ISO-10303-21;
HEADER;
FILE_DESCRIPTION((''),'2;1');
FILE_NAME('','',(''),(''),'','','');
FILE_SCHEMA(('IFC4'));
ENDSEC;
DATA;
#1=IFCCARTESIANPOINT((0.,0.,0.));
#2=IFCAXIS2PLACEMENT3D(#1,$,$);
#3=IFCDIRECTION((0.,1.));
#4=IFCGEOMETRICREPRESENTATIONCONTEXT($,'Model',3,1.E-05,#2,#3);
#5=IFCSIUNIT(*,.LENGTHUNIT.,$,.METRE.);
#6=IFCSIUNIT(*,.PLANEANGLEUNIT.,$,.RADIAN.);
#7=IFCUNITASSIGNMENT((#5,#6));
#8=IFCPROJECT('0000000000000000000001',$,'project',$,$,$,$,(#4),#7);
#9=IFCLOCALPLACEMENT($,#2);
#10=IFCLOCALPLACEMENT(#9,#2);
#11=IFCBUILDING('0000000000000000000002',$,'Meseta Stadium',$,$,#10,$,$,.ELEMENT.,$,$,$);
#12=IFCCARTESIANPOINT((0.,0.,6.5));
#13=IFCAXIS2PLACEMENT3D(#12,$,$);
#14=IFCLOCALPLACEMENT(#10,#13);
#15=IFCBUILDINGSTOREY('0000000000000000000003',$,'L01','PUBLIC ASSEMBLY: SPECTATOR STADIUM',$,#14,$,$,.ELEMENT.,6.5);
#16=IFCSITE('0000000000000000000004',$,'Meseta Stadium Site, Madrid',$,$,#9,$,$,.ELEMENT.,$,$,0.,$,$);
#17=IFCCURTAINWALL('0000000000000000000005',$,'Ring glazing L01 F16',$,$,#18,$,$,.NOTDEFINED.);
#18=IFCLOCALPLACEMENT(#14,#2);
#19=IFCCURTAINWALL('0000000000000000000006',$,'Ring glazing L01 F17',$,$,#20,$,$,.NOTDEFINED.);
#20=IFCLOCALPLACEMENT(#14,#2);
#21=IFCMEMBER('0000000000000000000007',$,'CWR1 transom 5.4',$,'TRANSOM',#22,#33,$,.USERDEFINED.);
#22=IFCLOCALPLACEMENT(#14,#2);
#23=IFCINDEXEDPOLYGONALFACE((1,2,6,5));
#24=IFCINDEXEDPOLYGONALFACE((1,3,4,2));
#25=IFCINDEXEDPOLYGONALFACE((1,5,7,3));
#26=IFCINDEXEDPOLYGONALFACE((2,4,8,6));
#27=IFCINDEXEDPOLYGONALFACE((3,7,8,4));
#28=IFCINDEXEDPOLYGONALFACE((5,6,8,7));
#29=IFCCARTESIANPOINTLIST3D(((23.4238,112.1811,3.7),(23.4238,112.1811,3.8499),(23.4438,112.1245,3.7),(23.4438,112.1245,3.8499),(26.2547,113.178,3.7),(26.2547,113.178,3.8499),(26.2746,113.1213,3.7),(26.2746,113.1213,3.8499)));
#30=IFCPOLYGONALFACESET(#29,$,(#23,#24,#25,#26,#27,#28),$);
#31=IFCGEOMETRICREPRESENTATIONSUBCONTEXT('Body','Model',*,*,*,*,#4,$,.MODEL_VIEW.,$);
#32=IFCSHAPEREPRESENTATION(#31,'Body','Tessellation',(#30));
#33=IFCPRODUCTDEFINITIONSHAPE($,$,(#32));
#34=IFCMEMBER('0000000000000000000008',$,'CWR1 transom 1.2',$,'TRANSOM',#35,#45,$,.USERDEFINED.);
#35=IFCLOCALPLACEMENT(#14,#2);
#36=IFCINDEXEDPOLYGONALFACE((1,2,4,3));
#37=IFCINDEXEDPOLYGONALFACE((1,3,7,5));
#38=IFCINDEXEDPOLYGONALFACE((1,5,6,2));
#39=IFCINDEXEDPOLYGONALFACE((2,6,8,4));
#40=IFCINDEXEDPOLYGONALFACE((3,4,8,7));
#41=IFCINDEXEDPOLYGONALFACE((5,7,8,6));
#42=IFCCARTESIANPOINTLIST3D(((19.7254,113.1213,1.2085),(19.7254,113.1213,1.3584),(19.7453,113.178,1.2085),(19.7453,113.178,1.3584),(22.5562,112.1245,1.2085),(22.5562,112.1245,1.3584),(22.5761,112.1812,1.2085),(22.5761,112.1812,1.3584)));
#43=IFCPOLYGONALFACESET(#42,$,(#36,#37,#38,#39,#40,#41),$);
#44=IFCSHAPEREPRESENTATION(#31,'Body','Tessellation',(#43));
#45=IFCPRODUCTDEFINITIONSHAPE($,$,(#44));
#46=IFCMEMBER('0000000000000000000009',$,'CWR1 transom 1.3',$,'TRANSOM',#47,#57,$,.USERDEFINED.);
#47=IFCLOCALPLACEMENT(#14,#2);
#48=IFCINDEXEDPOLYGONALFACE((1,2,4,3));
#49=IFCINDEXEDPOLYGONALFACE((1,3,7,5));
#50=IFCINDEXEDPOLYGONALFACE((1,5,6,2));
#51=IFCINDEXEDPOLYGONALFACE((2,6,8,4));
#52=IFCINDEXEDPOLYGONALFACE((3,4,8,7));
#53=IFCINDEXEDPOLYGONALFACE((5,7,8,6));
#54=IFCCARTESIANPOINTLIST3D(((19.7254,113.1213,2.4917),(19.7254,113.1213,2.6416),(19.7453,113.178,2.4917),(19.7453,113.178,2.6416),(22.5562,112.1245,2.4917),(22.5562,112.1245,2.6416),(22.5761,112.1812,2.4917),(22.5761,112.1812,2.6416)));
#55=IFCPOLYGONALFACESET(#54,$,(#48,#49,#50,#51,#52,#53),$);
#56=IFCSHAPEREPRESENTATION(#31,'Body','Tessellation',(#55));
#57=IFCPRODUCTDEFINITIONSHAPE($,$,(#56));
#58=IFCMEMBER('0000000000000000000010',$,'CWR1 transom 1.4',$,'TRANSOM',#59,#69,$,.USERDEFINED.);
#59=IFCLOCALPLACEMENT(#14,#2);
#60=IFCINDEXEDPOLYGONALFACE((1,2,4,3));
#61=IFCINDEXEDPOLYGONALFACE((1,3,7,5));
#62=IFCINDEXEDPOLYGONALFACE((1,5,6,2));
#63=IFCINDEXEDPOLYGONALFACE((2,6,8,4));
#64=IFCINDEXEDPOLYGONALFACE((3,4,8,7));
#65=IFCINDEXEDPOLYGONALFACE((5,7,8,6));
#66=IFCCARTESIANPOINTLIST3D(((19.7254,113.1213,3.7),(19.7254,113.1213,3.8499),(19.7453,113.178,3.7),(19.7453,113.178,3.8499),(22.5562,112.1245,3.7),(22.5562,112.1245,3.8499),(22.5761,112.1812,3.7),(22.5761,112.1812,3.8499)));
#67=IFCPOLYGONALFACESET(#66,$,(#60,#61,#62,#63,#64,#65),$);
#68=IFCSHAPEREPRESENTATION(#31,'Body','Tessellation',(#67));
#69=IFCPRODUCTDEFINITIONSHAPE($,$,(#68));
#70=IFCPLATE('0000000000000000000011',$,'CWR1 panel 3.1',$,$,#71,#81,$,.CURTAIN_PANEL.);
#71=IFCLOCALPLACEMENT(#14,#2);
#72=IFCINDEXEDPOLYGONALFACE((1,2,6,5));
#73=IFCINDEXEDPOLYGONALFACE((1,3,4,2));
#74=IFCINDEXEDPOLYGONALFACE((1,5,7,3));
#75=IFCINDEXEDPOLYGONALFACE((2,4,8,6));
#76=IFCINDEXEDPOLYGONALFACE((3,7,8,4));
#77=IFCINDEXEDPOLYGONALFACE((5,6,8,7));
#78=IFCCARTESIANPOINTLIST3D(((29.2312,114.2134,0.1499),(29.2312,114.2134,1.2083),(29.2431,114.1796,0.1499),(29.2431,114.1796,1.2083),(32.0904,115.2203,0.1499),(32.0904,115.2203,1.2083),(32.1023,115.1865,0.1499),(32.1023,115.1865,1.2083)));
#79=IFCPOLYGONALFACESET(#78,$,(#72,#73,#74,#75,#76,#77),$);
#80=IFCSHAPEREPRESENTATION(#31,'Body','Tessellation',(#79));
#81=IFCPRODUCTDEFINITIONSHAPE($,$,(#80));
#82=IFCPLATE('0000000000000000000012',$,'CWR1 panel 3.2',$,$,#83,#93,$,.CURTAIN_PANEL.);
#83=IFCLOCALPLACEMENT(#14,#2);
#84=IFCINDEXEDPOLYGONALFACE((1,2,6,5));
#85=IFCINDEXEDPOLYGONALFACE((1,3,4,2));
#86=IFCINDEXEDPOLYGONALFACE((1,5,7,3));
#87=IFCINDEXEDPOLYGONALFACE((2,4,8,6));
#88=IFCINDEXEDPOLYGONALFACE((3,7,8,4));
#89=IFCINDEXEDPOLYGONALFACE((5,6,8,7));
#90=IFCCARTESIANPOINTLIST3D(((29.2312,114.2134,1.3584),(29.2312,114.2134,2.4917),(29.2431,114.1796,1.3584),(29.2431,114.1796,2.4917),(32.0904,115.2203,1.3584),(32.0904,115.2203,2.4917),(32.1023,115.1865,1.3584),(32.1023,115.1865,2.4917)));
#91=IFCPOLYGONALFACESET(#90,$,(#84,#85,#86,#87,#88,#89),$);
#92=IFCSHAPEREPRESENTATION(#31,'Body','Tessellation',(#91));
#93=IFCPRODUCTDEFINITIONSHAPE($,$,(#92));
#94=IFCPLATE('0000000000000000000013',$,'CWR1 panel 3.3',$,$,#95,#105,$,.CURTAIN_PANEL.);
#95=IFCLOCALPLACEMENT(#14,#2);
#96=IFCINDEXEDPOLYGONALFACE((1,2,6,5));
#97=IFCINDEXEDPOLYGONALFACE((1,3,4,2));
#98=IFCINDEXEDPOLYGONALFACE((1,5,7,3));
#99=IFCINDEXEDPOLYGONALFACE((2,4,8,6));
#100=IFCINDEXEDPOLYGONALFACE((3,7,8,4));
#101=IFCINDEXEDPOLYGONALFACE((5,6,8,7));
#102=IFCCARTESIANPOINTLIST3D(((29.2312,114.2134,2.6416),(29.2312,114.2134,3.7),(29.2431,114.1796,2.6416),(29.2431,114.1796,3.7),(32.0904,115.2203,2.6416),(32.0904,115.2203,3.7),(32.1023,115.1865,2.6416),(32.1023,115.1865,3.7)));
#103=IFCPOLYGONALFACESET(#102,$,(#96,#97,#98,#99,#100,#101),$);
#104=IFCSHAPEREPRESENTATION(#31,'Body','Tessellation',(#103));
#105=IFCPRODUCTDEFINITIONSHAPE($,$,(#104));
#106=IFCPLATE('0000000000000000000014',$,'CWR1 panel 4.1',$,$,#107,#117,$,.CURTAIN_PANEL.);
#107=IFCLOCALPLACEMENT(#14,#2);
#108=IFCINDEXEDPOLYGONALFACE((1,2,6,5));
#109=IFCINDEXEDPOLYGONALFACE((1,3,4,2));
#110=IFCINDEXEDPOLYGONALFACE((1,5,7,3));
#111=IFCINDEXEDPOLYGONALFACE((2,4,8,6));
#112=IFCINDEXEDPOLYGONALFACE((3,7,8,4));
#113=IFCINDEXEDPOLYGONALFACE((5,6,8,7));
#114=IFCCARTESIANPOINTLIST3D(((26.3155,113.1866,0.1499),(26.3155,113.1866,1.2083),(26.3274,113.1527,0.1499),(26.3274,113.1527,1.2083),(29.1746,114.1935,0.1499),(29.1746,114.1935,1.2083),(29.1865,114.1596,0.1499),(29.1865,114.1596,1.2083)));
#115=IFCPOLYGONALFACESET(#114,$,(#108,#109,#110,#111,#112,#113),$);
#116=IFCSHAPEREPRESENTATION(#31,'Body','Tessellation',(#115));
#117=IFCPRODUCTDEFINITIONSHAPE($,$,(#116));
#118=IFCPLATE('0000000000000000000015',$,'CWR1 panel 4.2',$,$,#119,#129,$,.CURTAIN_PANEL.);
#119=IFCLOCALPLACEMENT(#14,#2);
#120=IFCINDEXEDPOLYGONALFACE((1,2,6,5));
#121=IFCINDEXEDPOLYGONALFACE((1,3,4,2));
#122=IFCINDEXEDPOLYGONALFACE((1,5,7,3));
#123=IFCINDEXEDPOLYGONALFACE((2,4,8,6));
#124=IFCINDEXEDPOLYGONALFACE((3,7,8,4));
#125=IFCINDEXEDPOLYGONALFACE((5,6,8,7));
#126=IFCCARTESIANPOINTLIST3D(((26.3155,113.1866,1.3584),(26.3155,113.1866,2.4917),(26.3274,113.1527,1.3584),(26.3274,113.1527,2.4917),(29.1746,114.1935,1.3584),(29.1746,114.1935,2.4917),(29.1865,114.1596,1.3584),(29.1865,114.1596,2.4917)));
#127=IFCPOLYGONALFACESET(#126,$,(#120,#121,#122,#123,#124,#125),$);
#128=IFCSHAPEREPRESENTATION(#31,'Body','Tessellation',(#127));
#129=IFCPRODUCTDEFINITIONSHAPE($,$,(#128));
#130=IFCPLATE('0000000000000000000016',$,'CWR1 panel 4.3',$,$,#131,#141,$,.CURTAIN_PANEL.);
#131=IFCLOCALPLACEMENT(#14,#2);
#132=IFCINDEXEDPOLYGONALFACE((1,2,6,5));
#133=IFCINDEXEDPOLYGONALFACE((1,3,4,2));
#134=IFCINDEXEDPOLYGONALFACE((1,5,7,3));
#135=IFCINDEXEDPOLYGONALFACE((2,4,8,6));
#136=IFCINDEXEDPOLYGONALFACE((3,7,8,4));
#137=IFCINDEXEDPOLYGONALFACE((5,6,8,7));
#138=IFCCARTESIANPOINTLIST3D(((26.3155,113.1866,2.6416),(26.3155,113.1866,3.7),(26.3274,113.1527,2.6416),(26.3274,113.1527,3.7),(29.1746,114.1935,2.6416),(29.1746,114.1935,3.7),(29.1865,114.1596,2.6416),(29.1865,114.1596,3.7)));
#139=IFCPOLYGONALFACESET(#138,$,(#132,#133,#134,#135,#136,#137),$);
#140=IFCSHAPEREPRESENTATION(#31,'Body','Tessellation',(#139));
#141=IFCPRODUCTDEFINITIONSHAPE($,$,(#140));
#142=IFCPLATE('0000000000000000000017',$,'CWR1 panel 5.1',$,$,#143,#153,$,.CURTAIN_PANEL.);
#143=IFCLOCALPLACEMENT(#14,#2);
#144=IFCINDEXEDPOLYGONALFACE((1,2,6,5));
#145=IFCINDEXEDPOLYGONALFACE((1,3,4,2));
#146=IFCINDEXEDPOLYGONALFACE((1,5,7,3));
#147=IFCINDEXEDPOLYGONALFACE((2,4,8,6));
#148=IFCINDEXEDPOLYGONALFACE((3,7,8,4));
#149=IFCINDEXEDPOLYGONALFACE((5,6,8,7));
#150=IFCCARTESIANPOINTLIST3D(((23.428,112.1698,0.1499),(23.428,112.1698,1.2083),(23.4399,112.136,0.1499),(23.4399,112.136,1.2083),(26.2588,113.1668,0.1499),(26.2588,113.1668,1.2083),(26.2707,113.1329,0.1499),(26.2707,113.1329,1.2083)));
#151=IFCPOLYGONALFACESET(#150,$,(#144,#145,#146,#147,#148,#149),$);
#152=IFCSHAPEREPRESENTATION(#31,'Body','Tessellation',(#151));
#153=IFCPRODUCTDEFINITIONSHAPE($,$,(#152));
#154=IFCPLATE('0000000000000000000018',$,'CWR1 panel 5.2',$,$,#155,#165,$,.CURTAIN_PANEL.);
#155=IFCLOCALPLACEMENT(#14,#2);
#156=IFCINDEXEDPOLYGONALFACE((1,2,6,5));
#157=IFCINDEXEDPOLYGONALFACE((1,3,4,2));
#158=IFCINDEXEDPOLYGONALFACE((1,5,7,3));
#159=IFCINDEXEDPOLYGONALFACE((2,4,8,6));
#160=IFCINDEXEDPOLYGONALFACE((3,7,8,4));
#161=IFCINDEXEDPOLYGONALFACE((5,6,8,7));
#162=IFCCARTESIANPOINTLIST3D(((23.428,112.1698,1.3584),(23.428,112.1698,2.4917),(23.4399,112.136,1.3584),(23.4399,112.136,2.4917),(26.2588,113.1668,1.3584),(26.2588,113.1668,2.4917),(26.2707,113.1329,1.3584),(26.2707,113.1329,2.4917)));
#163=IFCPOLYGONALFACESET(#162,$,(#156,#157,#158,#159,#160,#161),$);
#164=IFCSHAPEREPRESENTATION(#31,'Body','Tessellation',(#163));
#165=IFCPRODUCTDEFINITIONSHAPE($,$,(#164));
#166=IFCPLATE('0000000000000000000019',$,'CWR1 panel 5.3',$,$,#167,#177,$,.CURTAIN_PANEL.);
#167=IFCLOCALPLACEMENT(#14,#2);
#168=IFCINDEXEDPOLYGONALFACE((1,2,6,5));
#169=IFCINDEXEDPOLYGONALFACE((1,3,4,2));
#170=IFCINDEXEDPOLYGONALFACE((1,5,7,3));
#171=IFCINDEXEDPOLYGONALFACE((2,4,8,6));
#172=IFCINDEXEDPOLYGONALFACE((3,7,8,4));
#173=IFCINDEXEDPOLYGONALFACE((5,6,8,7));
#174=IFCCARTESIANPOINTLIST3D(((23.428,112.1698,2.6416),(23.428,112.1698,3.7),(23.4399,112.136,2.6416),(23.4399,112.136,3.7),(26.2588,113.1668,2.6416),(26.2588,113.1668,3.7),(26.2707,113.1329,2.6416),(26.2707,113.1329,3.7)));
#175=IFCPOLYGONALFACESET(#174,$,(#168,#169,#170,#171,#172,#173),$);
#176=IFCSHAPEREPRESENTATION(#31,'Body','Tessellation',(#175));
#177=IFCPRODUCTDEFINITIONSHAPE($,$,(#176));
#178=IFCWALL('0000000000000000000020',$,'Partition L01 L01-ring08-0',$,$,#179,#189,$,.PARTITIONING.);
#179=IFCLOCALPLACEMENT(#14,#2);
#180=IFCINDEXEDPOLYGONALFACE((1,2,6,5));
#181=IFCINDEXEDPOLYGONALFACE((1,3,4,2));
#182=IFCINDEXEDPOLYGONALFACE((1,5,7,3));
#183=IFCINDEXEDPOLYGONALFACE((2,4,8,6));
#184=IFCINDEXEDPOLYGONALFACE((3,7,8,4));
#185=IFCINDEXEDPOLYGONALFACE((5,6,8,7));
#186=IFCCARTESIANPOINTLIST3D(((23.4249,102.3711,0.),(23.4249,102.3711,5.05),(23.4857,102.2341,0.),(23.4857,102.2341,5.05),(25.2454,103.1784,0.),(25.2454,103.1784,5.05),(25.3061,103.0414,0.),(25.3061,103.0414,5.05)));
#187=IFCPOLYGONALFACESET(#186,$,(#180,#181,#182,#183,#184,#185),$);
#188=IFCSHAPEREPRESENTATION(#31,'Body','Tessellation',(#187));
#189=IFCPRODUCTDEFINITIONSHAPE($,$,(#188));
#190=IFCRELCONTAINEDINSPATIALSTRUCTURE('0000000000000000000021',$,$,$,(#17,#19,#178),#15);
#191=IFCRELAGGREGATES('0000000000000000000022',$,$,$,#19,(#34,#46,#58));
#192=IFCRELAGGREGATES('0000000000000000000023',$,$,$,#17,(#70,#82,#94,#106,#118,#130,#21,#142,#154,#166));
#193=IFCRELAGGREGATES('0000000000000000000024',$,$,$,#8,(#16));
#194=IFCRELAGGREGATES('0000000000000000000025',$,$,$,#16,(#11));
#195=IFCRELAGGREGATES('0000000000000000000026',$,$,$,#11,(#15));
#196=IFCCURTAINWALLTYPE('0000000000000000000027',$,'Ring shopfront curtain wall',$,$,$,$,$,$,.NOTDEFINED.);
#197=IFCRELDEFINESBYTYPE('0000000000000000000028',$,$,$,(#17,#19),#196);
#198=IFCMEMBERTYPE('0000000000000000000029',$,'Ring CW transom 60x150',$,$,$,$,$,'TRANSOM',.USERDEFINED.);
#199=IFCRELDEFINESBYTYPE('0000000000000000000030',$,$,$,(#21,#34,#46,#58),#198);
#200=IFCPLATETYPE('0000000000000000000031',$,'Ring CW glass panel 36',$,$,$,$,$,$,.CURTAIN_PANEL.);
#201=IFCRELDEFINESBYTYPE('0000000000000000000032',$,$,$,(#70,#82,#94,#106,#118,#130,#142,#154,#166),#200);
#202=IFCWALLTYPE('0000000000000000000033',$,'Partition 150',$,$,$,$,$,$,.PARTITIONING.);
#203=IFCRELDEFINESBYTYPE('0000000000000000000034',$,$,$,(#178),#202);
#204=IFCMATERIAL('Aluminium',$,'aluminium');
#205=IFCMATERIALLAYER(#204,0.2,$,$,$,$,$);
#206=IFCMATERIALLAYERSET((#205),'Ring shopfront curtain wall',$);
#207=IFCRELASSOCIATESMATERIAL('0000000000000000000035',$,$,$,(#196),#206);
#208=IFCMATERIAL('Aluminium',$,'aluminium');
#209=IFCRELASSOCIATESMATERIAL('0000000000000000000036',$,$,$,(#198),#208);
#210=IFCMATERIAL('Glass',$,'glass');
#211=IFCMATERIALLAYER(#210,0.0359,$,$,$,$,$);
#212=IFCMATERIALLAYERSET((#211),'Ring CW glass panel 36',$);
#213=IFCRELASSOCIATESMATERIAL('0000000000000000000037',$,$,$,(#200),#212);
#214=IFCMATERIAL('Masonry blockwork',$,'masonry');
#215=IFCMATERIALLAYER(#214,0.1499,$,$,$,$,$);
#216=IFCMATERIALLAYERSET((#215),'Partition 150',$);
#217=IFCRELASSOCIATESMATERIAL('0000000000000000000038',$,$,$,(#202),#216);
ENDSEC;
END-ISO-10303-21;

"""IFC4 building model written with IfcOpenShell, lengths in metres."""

from ifc_helpers import new_model, si_unit, direction, frame, frame_2d, origin, origin_2d, place, context, subcontext, project, spatial, rectangle, extrude, material, layer, layer_set, material_profile, profile_set, type_object, element, aggregate, save


model = new_model("IFC4")

# Units and contexts
model_context = context("Model", 3, precision=1e-05, world=origin(), true_north=direction((0.0, 1.0)))
body_context = subcontext(model_context, "Body", "Model", "MODEL_VIEW")
ifc_project = project(units=[si_unit("LENGTHUNIT", "METRE"), si_unit("PLANEANGLEUNIT", "RADIAN")], contexts=[model_context])

# Site, building, storey
site_placement = place(None, origin())
site = spatial("IfcSite", under=ifc_project, at=site_placement, Name="Meseta Stadium Site, Madrid", CompositionType="ELEMENT", RefElevation=0.0)
building_placement = place(site_placement, origin())
building = spatial("IfcBuilding", under=site, at=building_placement, Name="Meseta Stadium", CompositionType="ELEMENT")
storey_placement = place(building_placement, frame((0.0, 0.0, 6.5)))
storey = spatial("IfcBuildingStorey", under=building, at=storey_placement, Name="L01", Description="PUBLIC ASSEMBLY: SPECTATOR STADIUM", CompositionType="ELEMENT", Elevation=6.5)

# Curtain wall
ifc_material_1 = material(Name="Aluminium", Category="aluminium")
ifc_layer_1 = layer(ifc_material_1, 0.2)
ifc_layer_set_1 = layer_set([ifc_layer_1], Name="Ring shopfront curtain wall")
curtain_wall_type = type_object("IfcCurtainWallType", Name="Ring shopfront curtain wall", PredefinedType="NOTDEFINED", material=ifc_layer_set_1)
curtain_wall_1_placement = place(storey_placement, origin())
curtain_wall_1 = element("IfcCurtainWall", 1, at=curtain_wall_1_placement, inside=storey, type_object=curtain_wall_type, Name="Ring glazing L01 F16", PredefinedType="NOTDEFINED")

# Curtain wall
curtain_wall_2_placement = place(storey_placement, origin())
curtain_wall_2 = element("IfcCurtainWall", 2, at=curtain_wall_2_placement, inside=storey, type_object=curtain_wall_type, Name="Ring glazing L01 F17", PredefinedType="NOTDEFINED")

# Members
ifc_material_2 = material(Name="Aluminium", Category="aluminium")
ifc_material_profile_1 = material_profile(ifc_material_2, rectangle(XDim=0.0601, YDim=0.1499, at=origin_2d()), Name="CW 60x150")
ifc_profile_set_1 = profile_set([ifc_material_profile_1], Name="Aluminium")
member_type_1 = type_object("IfcMemberType", Name="Ring CW transom 60x150", ElementType="TRANSOM", PredefinedType="USERDEFINED", material=ifc_profile_set_1)
member_1_placement = place(storey_placement, frame((26.2646, 113.1497, 3.7749), z_axis=(-0.943229, -0.332143, 0.0), x_axis=(0.332143, -0.943229, 0.0)))
member_1 = element("IfcMember", 3, at=member_1_placement, type_object=member_type_1, Name="CWR1 transom 5.4", ObjectType="TRANSOM", PredefinedType="USERDEFINED", context=body_context, shape_type="SweptSolid", body=[
    extrude(rectangle(XDim=0.0601, YDim=0.1499, at=origin_2d()), origin(), (0.0, 0.0, 1.0), 3.0012),
])
member_2_placement = place(storey_placement, frame((22.5662, 112.1528, 1.2834), z_axis=(-0.943229, 0.332143, 0.0), x_axis=(-0.332143, -0.943229, 0.0)))
member_2 = element("IfcMember", 4, at=member_2_placement, type_object=member_type_1, Name="CWR1 transom 1.2", ObjectType="TRANSOM", PredefinedType="USERDEFINED", context=body_context, shape_type="SweptSolid", body=[
    extrude(rectangle(XDim=0.0601, YDim=0.1499, at=origin_2d()), origin(), (0.0, 0.0, 1.0), 3.0012),
])
member_3_placement = place(storey_placement, frame((22.5662, 112.1528, 2.5667), z_axis=(-0.943229, 0.332143, 0.0), x_axis=(-0.332143, -0.943229, 0.0)))
member_3 = element("IfcMember", 5, at=member_3_placement, type_object=member_type_1, Name="CWR1 transom 1.3", ObjectType="TRANSOM", PredefinedType="USERDEFINED", context=body_context, shape_type="SweptSolid", body=[
    extrude(rectangle(XDim=0.0601, YDim=0.1499, at=origin_2d()), origin(), (0.0, 0.0, 1.0), 3.0012),
])
member_4_placement = place(storey_placement, frame((22.5662, 112.1528, 3.7749), z_axis=(-0.943229, 0.332143, 0.0), x_axis=(-0.332143, -0.943229, 0.0)))
member_4 = element("IfcMember", 6, at=member_4_placement, type_object=member_type_1, Name="CWR1 transom 1.4", ObjectType="TRANSOM", PredefinedType="USERDEFINED", context=body_context, shape_type="SweptSolid", body=[
    extrude(rectangle(XDim=0.0601, YDim=0.1499, at=origin_2d()), origin(), (0.0, 0.0, 1.0), 3.0012),
])
aggregate(curtain_wall_2, [member_2, member_3, member_4])

# Plates
ifc_material_3 = material(Name="Glass", Category="glass")
ifc_layer_2 = layer(ifc_material_3, 0.0359)
ifc_layer_set_2 = layer_set([ifc_layer_2], Name="Ring CW glass panel 36")
plate_type = type_object("IfcPlateType", Name="Ring CW glass panel 36", PredefinedType="CURTAIN_PANEL", material=ifc_layer_set_2)
plate_1_placement = place(storey_placement, frame((30.6667, 114.7, 0.1499), z_axis=(0.0, 0.0, 1.0), x_axis=(-0.943218, -0.332174, 0.0)))
plate_1 = element("IfcPlate", 7, at=plate_1_placement, type_object=plate_type, Name="CWR1 panel 3.1", PredefinedType="CURTAIN_PANEL", context=body_context, shape_type="SweptSolid", body=[
    extrude(rectangle(XDim=3.0312, YDim=0.0359, at=origin_2d()), origin(), (0.0, 0.0, 1.0), 1.0583),
])
plate_2_placement = place(storey_placement, frame((30.6667, 114.7, 1.3584), z_axis=(0.0, 0.0, 1.0), x_axis=(-0.943218, -0.332174, 0.0)))
plate_2 = element("IfcPlate", 8, at=plate_2_placement, type_object=plate_type, Name="CWR1 panel 3.2", PredefinedType="CURTAIN_PANEL", context=body_context, shape_type="SweptSolid", body=[
    extrude(rectangle(XDim=3.0312, YDim=0.0359, at=origin_2d()), origin(), (0.0, 0.0, 1.0), 1.1333),
])
plate_3_placement = place(storey_placement, frame((30.6667, 114.7, 2.6416), z_axis=(0.0, 0.0, 1.0), x_axis=(-0.943218, -0.332174, 0.0)))
plate_3 = element("IfcPlate", 9, at=plate_3_placement, type_object=plate_type, Name="CWR1 panel 3.3", PredefinedType="CURTAIN_PANEL", context=body_context, shape_type="SweptSolid", body=[
    extrude(rectangle(XDim=3.0312, YDim=0.0359, at=origin_2d()), origin(), (0.0, 0.0, 1.0), 1.0583),
])
plate_4_placement = place(storey_placement, frame((27.751, 113.6731, 0.1499), z_axis=(0.0, 0.0, 1.0), x_axis=(-0.943218, -0.332174, 0.0)))
plate_4 = element("IfcPlate", 10, at=plate_4_placement, type_object=plate_type, Name="CWR1 panel 4.1", PredefinedType="CURTAIN_PANEL", context=body_context, shape_type="SweptSolid", body=[
    extrude(rectangle(XDim=3.0312, YDim=0.0359, at=origin_2d()), origin(), (0.0, 0.0, 1.0), 1.0583),
])
plate_5_placement = place(storey_placement, frame((27.751, 113.6731, 1.3584), z_axis=(0.0, 0.0, 1.0), x_axis=(-0.943218, -0.332174, 0.0)))
plate_5 = element("IfcPlate", 11, at=plate_5_placement, type_object=plate_type, Name="CWR1 panel 4.2", PredefinedType="CURTAIN_PANEL", context=body_context, shape_type="SweptSolid", body=[
    extrude(rectangle(XDim=3.0312, YDim=0.0359, at=origin_2d()), origin(), (0.0, 0.0, 1.0), 1.1333),
])
plate_6_placement = place(storey_placement, frame((27.751, 113.6731, 2.6416), z_axis=(0.0, 0.0, 1.0), x_axis=(-0.943218, -0.332174, 0.0)))
plate_6 = element("IfcPlate", 12, at=plate_6_placement, type_object=plate_type, Name="CWR1 panel 4.3", PredefinedType="CURTAIN_PANEL", context=body_context, shape_type="SweptSolid", body=[
    extrude(rectangle(XDim=3.0312, YDim=0.0359, at=origin_2d()), origin(), (0.0, 0.0, 1.0), 1.0583),
])
plate_7_placement = place(storey_placement, frame((24.8494, 112.6514, 0.1499), z_axis=(0.0, 0.0, 1.0), x_axis=(-0.943218, -0.332174, 0.0)))
plate_7 = element("IfcPlate", 13, at=plate_7_placement, type_object=plate_type, Name="CWR1 panel 5.1", PredefinedType="CURTAIN_PANEL", context=body_context, shape_type="SweptSolid", body=[
    extrude(rectangle(XDim=3.0012, YDim=0.0359, at=origin_2d()), origin(), (0.0, 0.0, 1.0), 1.0583),
])
plate_8_placement = place(storey_placement, frame((24.8494, 112.6514, 1.3584), z_axis=(0.0, 0.0, 1.0), x_axis=(-0.943218, -0.332174, 0.0)))
plate_8 = element("IfcPlate", 14, at=plate_8_placement, type_object=plate_type, Name="CWR1 panel 5.2", PredefinedType="CURTAIN_PANEL", context=body_context, shape_type="SweptSolid", body=[
    extrude(rectangle(XDim=3.0012, YDim=0.0359, at=origin_2d()), origin(), (0.0, 0.0, 1.0), 1.1333),
])
plate_9_placement = place(storey_placement, frame((24.8494, 112.6514, 2.6416), z_axis=(0.0, 0.0, 1.0), x_axis=(-0.943218, -0.332174, 0.0)))
plate_9 = element("IfcPlate", 15, at=plate_9_placement, type_object=plate_type, Name="CWR1 panel 5.3", PredefinedType="CURTAIN_PANEL", context=body_context, shape_type="SweptSolid", body=[
    extrude(rectangle(XDim=3.0012, YDim=0.0359, at=origin_2d()), origin(), (0.0, 0.0, 1.0), 1.0583),
])
aggregate(curtain_wall_1, [plate_1, plate_2, plate_3, plate_4, plate_5, plate_6, member_1, plate_7, plate_8, plate_9])

# Wall
ifc_material_4 = material(Name="Masonry blockwork", Category="masonry")
ifc_layer_3 = layer(ifc_material_4, 0.1499)
ifc_layer_set_3 = layer_set([ifc_layer_3], Name="Partition 150")
wall_type = type_object("IfcWallType", Name="Partition 150", PredefinedType="PARTITIONING", material=ifc_layer_set_3)
wall_placement = place(storey_placement, frame((25.2756, 103.1099, 0.0), z_axis=(0.0, 0.0, 1.0), x_axis=(-0.91414, -0.405399, 0.0)))
element("IfcWall", 16, at=wall_placement, inside=storey, type_object=wall_type, Name="Partition L01 L01-ring08-0", PredefinedType="PARTITIONING", context=body_context, shape_type="SweptSolid", body=[
    extrude(rectangle(XDim=1.9915, YDim=0.1499, at=frame_2d((0.9956, 0.0))), origin(), (0.0, 0.0, 1.0), 5.05),
])

save(model, "model.ifc")
